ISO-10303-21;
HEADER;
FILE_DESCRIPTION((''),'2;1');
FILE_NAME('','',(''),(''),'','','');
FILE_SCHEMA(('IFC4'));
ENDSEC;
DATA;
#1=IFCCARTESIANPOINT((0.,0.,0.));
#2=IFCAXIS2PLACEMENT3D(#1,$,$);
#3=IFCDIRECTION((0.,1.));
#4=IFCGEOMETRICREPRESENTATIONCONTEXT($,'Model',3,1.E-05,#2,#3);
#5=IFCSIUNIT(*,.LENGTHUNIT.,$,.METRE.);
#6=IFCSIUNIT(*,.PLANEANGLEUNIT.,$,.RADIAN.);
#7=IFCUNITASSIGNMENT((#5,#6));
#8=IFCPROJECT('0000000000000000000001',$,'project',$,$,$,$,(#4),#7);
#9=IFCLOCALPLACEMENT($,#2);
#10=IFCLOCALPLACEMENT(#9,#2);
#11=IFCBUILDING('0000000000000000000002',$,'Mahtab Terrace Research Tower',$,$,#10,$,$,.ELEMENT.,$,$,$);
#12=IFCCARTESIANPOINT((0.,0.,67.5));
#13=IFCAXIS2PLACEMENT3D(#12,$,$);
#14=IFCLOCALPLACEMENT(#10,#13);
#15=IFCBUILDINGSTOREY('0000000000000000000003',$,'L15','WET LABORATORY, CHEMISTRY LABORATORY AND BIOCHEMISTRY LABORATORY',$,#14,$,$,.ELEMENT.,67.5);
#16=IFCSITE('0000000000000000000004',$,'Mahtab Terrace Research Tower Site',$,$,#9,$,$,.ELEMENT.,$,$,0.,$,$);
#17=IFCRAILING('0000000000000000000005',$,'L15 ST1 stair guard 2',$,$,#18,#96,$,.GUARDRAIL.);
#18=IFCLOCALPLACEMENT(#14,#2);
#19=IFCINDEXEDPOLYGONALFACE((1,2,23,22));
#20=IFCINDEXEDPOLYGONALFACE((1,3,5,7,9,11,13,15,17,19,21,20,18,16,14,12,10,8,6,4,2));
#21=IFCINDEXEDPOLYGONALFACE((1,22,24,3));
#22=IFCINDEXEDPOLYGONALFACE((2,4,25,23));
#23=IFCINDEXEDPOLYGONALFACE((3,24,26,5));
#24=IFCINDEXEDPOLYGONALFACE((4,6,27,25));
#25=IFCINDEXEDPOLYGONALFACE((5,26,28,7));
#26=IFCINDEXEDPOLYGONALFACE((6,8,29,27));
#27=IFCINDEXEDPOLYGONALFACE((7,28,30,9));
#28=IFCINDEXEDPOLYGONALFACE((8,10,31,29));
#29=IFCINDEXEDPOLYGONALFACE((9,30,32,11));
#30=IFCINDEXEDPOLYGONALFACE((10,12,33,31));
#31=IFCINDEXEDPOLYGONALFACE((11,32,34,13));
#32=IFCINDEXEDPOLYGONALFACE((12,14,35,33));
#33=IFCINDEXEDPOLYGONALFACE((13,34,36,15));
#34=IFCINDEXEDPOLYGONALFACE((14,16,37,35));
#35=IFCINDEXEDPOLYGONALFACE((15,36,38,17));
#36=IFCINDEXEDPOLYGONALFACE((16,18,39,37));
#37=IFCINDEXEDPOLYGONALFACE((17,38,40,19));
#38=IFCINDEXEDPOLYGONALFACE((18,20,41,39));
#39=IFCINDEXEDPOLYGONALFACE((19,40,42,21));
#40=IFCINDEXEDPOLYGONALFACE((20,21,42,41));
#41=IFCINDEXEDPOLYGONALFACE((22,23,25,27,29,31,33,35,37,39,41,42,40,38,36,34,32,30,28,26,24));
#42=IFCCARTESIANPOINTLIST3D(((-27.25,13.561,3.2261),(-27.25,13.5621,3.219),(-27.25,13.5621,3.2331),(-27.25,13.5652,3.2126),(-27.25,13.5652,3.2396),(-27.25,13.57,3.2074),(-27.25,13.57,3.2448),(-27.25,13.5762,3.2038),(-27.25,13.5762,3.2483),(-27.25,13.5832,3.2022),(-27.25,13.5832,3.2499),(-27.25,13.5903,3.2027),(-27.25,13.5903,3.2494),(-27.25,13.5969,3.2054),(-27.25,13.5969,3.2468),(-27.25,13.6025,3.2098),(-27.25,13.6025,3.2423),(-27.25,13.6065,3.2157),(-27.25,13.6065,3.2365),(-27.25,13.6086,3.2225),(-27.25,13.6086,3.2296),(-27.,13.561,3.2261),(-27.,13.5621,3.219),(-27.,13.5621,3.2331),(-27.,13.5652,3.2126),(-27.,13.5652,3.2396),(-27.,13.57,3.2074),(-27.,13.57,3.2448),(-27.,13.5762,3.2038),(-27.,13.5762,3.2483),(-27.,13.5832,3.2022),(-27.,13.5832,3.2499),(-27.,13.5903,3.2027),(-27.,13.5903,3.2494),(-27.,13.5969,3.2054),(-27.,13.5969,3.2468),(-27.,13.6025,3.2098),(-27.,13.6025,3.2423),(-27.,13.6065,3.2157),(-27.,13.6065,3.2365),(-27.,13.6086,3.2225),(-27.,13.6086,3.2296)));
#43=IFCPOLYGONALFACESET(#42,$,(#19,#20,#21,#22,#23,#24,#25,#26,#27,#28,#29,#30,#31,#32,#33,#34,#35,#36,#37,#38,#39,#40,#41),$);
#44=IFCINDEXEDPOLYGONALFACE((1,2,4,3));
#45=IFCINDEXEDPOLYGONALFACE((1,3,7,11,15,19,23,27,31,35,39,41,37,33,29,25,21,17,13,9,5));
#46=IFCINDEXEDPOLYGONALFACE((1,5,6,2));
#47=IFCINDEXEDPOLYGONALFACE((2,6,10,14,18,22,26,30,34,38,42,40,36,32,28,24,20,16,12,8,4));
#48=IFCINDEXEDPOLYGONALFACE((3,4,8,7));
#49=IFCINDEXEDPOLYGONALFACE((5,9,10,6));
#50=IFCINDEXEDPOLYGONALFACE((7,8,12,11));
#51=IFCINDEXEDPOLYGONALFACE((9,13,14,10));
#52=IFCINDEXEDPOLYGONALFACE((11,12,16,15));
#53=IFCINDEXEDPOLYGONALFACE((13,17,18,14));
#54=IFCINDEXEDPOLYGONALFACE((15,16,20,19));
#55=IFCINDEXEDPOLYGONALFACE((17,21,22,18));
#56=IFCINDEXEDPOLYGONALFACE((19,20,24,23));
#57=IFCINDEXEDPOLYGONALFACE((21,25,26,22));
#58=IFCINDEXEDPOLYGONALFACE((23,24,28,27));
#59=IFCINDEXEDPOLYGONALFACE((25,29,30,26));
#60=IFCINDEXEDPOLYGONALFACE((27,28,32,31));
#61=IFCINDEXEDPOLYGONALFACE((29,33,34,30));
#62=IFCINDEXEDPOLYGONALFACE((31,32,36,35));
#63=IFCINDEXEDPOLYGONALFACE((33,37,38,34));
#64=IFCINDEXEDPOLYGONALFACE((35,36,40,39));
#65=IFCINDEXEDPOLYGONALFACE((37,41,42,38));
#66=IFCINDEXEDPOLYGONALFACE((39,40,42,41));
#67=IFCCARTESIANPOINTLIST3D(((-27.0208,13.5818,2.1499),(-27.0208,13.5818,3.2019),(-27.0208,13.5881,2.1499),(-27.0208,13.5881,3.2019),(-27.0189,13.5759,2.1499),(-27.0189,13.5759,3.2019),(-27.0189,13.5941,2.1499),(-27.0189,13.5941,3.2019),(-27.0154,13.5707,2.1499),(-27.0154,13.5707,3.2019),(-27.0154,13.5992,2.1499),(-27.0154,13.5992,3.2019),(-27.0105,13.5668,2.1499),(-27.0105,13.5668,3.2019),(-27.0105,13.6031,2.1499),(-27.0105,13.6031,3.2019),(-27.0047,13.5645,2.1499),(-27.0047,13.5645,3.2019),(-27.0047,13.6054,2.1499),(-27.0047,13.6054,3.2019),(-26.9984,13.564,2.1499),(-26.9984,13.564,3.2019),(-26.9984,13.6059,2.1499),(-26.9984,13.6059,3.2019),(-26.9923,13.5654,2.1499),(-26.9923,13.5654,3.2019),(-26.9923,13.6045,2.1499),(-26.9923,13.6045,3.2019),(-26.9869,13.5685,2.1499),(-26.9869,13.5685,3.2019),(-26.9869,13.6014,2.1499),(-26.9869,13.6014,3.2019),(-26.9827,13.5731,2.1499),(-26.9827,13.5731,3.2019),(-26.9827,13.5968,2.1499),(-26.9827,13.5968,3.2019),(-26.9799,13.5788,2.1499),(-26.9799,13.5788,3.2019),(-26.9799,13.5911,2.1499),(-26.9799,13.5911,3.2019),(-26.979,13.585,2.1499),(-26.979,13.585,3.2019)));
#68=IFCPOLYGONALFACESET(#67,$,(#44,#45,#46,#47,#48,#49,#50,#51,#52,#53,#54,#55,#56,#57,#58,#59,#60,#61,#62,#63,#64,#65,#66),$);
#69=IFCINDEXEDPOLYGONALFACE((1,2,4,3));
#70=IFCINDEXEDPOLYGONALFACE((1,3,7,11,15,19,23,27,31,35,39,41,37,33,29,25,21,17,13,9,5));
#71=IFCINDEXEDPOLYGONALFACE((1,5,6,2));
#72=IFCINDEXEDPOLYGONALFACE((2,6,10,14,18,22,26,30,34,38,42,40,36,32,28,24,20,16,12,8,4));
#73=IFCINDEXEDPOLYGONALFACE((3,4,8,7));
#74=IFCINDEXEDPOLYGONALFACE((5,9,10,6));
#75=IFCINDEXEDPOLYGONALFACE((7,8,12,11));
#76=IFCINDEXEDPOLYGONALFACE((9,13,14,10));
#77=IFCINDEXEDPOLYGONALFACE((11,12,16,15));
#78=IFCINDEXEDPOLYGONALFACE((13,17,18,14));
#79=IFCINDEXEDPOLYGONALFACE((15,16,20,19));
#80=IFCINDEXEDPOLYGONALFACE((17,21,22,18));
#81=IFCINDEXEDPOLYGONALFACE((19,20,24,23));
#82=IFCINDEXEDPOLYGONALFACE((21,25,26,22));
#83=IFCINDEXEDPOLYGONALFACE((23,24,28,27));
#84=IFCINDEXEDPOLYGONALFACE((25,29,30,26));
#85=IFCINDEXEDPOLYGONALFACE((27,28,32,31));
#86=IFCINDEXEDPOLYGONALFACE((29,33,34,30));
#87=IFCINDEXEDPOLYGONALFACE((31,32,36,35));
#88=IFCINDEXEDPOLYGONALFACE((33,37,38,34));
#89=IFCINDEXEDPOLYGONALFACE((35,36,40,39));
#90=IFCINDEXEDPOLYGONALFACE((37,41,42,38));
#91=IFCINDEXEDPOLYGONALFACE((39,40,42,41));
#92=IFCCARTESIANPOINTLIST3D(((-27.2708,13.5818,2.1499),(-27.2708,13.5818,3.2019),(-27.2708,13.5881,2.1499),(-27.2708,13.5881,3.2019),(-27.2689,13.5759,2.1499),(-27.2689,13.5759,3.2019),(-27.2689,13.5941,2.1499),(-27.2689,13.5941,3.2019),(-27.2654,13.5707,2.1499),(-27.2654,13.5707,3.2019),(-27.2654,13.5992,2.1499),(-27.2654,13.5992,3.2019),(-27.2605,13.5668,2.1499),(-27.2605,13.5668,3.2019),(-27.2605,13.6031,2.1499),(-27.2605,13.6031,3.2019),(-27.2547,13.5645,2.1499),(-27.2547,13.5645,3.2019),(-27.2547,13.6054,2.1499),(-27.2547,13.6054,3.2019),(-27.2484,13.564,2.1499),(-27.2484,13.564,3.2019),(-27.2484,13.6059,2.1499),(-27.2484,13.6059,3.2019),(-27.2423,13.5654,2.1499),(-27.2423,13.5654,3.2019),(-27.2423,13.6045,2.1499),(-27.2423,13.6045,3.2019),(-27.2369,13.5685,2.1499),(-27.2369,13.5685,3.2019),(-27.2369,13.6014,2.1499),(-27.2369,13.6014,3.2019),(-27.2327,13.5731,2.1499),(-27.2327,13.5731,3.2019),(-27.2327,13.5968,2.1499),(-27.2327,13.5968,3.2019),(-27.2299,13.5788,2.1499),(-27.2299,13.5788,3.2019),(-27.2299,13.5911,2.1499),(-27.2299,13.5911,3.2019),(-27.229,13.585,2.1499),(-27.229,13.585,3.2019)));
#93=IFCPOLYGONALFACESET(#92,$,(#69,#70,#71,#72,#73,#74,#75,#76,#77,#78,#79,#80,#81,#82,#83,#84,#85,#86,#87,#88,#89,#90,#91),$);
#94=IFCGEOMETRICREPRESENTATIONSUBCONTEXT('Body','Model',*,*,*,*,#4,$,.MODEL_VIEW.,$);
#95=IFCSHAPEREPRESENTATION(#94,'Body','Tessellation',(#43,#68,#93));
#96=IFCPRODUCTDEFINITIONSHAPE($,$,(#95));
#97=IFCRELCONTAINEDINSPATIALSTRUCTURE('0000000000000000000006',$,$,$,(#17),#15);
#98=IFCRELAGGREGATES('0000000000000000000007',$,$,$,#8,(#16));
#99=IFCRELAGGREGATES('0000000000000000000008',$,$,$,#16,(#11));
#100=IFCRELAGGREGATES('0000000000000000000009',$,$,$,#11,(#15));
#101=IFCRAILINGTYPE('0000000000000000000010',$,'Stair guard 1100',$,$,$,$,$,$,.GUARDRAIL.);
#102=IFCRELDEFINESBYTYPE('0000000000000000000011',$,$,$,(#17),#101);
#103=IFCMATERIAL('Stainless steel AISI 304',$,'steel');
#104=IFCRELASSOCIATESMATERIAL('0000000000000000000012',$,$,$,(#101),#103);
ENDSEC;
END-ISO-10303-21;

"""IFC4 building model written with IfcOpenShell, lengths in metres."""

from ifc_helpers import new_model, si_unit, direction, frame, origin, origin_2d, place, context, subcontext, project, spatial, circle, extrude, material, type_object, element, save


model = new_model("IFC4")

# Units and contexts
model_context = context("Model", 3, precision=1e-05, world=origin(), true_north=direction((0.0, 1.0)))
body_context = subcontext(model_context, "Body", "Model", "MODEL_VIEW")
ifc_project = project(units=[si_unit("LENGTHUNIT", "METRE"), si_unit("PLANEANGLEUNIT", "RADIAN")], contexts=[model_context])

# Site, building, storey
site_placement = place(None, origin())
site = spatial("IfcSite", under=ifc_project, at=site_placement, Name="Mahtab Terrace Research Tower Site", CompositionType="ELEMENT", RefElevation=0.0)
building_placement = place(site_placement, origin())
building = spatial("IfcBuilding", under=site, at=building_placement, Name="Mahtab Terrace Research Tower", CompositionType="ELEMENT")
storey_placement = place(building_placement, frame((0.0, 0.0, 67.5)))
storey = spatial("IfcBuildingStorey", under=building, at=storey_placement, Name="L15", Description="WET LABORATORY, CHEMISTRY LABORATORY AND BIOCHEMISTRY LABORATORY", CompositionType="ELEMENT", Elevation=67.5)

# Shared definitions
ifc_material_1 = material(Name="Stainless steel AISI 304", Category="steel")

# Railing
railing_type = type_object("IfcRailingType", Name="Stair guard 1100", PredefinedType="GUARDRAIL", material=ifc_material_1)
railing_1_placement = place(storey_placement, frame((-27.0, 13.585, 2.1499)))
element("IfcRailing", 1, at=railing_1_placement, inside=storey, type_object=railing_type, Name="L15 ST1 stair guard 2", PredefinedType="GUARDRAIL", context=body_context, shape_type="SweptSolid", body=[
    extrude(circle(Radius=0.0239, at=origin_2d()), frame((0.0, 0.0, 1.0762), z_axis=(-1.0, 0.0, 0.0), x_axis=(0.0, -1.0, 0.0)), (0.0, 0.0, 1.0), 0.25),
    extrude(circle(Radius=0.021, at=origin_2d()), origin(), (0.0, 0.0, 1.0), 1.052),
    extrude(circle(Radius=0.021, at=origin_2d()), frame((-0.25, 0.0, 0.0)), (0.0, 0.0, 1.0), 1.052),
])

save(model, "model.ifc")
